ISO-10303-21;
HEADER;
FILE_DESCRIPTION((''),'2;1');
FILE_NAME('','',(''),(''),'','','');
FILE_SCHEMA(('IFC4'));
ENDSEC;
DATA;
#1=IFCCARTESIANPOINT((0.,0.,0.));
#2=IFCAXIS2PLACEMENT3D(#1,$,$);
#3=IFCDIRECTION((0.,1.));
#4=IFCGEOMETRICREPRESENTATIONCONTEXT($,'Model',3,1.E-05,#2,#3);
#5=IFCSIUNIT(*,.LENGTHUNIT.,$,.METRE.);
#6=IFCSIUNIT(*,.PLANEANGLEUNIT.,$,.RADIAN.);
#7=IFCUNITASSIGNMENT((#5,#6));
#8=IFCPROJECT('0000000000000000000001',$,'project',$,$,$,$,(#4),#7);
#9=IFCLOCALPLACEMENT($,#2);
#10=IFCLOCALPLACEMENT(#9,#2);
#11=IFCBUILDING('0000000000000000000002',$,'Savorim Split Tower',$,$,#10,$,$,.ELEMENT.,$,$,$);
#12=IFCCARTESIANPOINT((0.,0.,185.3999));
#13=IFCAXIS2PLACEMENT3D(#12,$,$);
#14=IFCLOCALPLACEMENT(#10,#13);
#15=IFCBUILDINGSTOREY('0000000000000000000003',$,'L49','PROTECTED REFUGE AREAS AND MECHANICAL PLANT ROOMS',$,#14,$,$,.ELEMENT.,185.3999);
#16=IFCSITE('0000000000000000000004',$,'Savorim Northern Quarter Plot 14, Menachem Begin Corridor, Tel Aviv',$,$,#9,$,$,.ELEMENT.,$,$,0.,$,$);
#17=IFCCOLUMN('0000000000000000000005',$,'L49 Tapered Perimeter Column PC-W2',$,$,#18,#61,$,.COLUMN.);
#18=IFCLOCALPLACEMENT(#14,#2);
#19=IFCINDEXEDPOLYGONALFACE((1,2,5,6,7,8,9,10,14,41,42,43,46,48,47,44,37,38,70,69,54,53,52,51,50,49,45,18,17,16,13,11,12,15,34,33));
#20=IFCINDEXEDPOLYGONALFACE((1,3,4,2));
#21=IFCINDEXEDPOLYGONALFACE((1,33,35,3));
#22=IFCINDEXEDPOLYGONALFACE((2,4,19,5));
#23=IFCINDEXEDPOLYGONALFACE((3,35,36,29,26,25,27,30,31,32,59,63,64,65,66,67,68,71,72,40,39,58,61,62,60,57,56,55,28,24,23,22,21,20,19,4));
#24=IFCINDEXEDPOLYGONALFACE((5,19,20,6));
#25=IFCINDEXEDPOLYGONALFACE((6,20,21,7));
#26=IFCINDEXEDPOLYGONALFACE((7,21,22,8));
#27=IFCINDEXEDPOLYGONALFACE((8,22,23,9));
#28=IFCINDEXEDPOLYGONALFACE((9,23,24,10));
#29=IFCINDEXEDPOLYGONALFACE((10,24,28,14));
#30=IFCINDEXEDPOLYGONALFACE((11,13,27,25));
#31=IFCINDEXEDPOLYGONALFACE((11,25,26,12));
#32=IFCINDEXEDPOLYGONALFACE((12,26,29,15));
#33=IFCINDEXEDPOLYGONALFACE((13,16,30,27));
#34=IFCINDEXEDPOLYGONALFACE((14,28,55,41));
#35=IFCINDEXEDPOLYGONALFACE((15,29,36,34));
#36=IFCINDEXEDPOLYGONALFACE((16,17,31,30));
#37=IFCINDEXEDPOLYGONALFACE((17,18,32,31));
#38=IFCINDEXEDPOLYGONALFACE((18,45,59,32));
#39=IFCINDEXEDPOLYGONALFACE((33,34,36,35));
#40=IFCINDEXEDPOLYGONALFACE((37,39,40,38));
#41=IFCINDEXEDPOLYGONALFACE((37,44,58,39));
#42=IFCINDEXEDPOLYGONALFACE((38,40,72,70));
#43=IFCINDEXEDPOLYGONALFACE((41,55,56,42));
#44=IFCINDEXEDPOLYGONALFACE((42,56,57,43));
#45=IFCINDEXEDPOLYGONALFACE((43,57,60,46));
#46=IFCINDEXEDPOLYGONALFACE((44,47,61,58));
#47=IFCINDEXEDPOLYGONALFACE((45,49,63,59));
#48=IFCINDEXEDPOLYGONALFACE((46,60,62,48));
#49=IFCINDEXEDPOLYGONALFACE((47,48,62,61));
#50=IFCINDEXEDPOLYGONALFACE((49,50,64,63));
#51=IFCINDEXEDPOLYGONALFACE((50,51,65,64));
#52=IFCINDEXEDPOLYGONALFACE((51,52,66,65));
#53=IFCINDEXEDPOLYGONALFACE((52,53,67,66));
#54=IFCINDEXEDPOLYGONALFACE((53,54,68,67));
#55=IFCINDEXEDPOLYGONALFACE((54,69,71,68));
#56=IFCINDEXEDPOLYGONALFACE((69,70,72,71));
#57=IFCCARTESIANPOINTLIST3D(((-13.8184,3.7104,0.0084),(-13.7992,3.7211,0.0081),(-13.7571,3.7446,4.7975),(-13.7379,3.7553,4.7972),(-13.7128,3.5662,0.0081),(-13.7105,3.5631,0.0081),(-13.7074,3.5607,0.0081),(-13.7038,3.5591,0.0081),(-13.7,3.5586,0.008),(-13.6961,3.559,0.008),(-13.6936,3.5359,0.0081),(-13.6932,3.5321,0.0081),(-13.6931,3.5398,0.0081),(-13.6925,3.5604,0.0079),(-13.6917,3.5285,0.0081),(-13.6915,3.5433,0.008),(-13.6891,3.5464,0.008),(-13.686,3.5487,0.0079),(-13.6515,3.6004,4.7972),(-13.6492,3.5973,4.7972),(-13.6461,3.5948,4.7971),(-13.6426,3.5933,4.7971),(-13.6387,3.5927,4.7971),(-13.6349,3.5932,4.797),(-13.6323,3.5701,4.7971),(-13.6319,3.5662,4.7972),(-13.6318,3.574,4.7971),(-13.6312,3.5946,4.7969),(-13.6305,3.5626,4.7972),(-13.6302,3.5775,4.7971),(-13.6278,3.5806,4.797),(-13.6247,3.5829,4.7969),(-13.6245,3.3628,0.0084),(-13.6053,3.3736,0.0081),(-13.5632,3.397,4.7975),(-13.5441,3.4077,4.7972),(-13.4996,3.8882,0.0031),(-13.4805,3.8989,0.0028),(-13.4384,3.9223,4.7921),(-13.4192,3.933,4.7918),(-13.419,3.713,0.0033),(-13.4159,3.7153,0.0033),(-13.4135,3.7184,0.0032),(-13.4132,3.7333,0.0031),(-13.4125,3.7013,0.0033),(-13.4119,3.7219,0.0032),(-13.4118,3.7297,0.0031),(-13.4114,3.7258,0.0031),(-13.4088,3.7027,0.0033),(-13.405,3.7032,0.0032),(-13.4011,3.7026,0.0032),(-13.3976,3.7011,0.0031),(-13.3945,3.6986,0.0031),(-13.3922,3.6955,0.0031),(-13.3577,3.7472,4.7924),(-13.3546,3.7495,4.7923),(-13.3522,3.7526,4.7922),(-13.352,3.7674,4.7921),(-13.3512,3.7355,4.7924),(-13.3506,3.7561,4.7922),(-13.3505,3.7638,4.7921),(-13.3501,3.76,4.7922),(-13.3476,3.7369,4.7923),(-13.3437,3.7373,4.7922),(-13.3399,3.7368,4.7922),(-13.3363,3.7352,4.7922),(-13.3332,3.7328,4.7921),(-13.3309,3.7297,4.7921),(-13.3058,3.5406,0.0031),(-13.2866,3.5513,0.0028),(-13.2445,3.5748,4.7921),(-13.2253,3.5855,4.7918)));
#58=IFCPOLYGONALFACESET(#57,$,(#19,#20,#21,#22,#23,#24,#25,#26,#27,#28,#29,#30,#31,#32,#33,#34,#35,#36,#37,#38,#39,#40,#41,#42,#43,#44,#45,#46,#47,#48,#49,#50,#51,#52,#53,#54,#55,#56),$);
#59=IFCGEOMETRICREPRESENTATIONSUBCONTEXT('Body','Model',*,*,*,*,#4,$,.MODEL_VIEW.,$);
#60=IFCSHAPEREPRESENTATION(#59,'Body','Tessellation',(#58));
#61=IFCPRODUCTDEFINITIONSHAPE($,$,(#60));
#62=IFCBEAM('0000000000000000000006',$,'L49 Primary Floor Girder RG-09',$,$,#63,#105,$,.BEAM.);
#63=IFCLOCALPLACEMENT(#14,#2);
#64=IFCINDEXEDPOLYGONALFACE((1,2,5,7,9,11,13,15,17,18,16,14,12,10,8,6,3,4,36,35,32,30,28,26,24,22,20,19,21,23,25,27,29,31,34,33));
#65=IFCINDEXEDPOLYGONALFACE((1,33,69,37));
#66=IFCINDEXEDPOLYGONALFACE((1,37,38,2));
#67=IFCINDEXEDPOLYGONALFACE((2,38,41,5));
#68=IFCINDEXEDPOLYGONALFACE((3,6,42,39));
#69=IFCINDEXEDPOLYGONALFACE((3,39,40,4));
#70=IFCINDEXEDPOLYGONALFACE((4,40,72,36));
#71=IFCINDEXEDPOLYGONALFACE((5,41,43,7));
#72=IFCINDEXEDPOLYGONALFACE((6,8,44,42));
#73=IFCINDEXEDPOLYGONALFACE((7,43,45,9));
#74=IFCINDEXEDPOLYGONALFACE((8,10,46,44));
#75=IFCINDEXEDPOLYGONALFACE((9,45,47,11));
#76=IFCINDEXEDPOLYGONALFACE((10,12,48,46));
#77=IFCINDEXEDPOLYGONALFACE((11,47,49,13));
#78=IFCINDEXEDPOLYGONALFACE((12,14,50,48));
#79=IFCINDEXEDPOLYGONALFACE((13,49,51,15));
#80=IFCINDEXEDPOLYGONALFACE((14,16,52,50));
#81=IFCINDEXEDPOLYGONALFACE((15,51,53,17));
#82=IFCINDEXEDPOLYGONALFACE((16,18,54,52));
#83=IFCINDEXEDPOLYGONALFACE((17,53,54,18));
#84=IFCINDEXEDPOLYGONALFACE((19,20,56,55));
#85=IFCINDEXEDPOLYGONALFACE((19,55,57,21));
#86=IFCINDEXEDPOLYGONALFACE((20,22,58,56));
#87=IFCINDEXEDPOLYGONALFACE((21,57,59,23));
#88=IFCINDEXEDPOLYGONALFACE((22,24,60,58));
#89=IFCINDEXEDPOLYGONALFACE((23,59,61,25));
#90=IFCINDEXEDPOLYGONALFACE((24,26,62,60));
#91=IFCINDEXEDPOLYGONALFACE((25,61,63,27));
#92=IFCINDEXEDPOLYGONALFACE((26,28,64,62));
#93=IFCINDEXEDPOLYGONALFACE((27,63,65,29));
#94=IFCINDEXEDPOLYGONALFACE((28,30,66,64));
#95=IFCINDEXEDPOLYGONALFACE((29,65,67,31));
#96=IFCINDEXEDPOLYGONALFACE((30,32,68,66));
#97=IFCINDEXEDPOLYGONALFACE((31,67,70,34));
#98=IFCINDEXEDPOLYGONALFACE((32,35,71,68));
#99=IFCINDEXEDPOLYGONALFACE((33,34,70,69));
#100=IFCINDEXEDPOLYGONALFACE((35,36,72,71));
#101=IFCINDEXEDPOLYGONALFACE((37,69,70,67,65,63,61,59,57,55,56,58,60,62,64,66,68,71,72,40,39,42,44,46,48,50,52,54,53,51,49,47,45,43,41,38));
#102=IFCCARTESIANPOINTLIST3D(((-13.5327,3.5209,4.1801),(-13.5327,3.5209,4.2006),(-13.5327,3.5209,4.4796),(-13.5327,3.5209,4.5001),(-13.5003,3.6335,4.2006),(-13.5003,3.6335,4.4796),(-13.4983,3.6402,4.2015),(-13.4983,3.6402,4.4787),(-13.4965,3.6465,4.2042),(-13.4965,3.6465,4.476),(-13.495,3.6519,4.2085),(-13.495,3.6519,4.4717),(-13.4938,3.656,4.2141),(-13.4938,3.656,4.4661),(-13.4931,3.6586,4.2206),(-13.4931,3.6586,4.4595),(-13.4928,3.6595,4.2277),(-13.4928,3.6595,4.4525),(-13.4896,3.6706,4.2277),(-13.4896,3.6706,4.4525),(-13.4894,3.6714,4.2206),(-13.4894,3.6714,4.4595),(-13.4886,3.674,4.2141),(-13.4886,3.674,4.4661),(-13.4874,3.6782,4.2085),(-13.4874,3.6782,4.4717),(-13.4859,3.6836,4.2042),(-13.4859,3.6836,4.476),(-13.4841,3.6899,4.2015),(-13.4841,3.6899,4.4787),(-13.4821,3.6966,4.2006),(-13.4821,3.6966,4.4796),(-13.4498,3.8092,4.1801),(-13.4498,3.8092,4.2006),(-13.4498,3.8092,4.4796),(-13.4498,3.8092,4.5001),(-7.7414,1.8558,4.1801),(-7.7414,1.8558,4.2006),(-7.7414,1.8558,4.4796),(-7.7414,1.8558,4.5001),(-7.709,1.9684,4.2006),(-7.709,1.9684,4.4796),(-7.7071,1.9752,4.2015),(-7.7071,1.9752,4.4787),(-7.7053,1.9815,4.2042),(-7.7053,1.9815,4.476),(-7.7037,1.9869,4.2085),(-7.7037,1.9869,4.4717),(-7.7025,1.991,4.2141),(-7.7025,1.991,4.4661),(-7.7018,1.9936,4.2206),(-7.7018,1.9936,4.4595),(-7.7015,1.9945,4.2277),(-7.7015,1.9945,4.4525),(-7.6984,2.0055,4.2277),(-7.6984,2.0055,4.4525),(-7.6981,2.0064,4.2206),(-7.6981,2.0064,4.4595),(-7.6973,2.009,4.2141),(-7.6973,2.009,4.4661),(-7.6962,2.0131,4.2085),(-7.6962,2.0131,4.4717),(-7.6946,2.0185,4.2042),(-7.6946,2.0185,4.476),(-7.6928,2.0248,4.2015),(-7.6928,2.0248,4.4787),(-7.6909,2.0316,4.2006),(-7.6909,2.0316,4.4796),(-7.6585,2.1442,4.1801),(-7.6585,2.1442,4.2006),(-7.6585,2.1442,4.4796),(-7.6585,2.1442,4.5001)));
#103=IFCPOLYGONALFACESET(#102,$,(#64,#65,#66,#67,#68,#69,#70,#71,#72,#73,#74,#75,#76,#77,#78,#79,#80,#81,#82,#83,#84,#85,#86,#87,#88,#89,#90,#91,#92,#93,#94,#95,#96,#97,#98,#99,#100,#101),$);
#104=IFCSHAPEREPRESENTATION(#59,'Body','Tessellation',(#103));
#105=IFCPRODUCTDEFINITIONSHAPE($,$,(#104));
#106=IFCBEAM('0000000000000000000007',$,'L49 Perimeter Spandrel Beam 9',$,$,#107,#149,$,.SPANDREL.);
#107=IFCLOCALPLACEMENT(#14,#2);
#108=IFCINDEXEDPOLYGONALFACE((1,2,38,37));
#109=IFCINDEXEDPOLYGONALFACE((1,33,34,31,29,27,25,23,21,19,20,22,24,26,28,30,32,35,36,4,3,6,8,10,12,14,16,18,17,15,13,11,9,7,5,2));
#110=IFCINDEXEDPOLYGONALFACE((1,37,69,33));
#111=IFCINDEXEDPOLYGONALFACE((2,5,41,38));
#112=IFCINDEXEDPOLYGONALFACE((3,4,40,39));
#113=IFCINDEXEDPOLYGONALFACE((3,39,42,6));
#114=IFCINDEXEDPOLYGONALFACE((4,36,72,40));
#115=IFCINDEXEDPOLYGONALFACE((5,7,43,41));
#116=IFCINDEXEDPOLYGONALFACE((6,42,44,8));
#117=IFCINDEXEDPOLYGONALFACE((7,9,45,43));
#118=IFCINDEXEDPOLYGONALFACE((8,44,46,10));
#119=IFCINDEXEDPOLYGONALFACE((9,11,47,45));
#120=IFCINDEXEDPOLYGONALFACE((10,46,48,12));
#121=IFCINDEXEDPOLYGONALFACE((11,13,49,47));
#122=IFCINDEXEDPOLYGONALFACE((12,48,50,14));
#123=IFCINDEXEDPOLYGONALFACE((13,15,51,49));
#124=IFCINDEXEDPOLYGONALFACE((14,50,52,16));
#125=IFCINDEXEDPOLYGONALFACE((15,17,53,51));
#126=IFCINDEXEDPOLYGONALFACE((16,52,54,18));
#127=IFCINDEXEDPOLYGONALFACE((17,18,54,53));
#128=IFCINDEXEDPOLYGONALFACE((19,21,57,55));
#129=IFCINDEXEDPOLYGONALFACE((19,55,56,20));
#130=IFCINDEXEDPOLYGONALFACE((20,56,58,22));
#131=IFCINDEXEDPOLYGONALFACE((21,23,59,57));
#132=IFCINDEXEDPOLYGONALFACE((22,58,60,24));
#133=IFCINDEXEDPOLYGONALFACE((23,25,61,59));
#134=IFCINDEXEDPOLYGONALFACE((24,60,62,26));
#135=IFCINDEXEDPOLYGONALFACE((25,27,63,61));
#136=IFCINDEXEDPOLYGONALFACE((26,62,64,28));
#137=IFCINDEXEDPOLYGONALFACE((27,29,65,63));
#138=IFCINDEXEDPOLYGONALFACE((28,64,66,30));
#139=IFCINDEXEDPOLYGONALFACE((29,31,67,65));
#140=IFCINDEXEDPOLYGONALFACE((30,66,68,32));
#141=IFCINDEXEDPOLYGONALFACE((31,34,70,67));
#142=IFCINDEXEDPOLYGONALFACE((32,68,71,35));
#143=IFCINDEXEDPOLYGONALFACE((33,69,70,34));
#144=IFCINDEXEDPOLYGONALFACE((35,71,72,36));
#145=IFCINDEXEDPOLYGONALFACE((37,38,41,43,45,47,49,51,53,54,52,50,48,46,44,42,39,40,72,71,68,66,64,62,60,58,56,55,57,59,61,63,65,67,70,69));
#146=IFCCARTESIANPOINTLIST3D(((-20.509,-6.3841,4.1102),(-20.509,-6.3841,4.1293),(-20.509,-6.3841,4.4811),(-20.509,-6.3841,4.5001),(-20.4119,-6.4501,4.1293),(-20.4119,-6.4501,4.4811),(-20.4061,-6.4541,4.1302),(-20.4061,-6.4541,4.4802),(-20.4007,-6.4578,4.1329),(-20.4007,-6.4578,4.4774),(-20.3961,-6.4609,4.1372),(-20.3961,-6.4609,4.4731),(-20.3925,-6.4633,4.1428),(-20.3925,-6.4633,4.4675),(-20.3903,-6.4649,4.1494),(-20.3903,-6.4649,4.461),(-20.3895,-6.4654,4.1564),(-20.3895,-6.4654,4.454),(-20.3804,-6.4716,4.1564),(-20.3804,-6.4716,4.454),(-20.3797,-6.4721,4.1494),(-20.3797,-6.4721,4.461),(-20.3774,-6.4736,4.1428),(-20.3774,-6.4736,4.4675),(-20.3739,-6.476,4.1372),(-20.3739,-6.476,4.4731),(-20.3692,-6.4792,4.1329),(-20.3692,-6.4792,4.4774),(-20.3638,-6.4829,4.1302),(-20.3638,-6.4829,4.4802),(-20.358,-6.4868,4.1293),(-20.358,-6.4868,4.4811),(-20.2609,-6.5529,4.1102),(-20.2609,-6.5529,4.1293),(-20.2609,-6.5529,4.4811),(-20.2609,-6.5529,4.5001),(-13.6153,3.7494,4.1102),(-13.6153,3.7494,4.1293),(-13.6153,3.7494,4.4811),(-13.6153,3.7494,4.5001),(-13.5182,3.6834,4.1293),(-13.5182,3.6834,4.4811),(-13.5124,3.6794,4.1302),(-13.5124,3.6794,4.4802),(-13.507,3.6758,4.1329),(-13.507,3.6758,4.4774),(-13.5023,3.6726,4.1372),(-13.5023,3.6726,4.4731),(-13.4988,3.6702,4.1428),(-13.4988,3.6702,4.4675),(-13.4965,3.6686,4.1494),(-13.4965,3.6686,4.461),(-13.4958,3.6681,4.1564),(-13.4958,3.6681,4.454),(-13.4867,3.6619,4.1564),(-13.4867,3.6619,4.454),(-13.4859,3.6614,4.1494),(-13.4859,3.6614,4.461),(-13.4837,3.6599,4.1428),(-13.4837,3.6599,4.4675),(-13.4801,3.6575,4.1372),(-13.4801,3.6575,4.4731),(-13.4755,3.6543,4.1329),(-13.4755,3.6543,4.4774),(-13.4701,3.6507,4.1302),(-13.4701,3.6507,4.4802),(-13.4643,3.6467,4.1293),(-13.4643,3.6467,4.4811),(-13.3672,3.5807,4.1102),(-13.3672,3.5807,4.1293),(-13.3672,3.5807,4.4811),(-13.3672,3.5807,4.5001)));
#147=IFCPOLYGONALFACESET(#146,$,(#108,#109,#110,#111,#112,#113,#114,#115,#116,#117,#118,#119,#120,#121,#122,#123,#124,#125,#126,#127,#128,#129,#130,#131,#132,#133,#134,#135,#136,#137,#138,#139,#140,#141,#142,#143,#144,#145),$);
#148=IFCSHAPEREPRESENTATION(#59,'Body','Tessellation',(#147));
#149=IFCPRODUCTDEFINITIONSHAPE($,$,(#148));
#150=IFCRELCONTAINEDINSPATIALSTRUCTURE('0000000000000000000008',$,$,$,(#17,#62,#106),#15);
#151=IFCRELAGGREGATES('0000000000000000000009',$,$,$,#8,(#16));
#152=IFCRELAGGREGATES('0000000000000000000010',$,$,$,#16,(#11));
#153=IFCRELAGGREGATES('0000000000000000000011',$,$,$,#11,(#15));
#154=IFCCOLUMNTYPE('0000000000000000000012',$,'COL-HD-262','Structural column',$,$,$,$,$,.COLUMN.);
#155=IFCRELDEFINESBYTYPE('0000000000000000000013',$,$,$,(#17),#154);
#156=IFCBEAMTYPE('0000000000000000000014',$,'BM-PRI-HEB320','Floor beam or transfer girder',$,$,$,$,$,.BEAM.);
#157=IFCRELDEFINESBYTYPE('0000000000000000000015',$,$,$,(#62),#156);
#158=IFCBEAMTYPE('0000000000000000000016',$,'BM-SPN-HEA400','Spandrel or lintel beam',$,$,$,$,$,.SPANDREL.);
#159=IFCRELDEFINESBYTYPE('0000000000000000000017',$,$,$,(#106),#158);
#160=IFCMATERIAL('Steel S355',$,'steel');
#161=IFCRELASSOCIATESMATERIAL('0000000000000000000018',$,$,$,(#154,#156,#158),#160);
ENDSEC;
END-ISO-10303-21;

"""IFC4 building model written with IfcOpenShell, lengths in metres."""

from ifc_helpers import new_model, si_unit, direction, frame, origin, origin_2d, place, context, subcontext, project, spatial, i_section, extrude, material, material_profile, profile_set, type_object, element, save


model = new_model("IFC4")

# Units and contexts
model_context = context("Model", 3, precision=1e-05, world=origin(), true_north=direction((0.0, 1.0)))
body_context = subcontext(model_context, "Body", "Model", "MODEL_VIEW")
ifc_project = project(units=[si_unit("LENGTHUNIT", "METRE"), si_unit("PLANEANGLEUNIT", "RADIAN")], contexts=[model_context])

# Site, building, storey
site_placement = place(None, origin())
site = spatial("IfcSite", under=ifc_project, at=site_placement, Name="Savorim Northern Quarter Plot 14, Menachem Begin Corridor, Tel Aviv", CompositionType="ELEMENT", RefElevation=0.0)
building_placement = place(site_placement, origin())
building = spatial("IfcBuilding", under=site, at=building_placement, Name="Savorim Split Tower", CompositionType="ELEMENT")
storey_placement = place(building_placement, frame((0.0, 0.0, 185.3999)))
storey = spatial("IfcBuildingStorey", under=building, at=storey_placement, Name="L49", Description="PROTECTED REFUGE AREAS AND MECHANICAL PLANT ROOMS", CompositionType="ELEMENT", Elevation=185.3999)

# Column
ifc_material_1 = material(Name="Steel S355", Category="steel")
ifc_material_profile_1 = material_profile(ifc_material_1, i_section(OverallWidth=0.3979, OverallDepth=0.387, WebThickness=0.0134, FlangeThickness=0.022, FilletRadius=0.0149, at=origin_2d()), Name="HD 400x262")
ifc_profile_set_1 = profile_set([ifc_material_profile_1], Name="Steel S355")
column_type = type_object("IfcColumnType", Name="COL-HD-262", Description="Structural column", PredefinedType="COLUMN", material=ifc_profile_set_1)
column_placement = place(storey_placement, frame((-13.5525, 3.6309, 0.0056), z_axis=(0.012794, 0.007136, 0.999893), x_axis=(-0.487119, 0.873335, 0.0)))
element("IfcColumn", 1, at=column_placement, inside=storey, type_object=column_type, Name="L49 Tapered Perimeter Column PC-W2", PredefinedType="COLUMN", context=body_context, shape_type="SweptSolid", body=[
    extrude(i_section(OverallWidth=0.3979, OverallDepth=0.387, WebThickness=0.0134, FlangeThickness=0.022, FilletRadius=0.0149, at=origin_2d()), origin(), (0.0, 0.0, 1.0), 4.7896),
])

# Beams
ifc_material_profile_2 = material_profile(ifc_material_1, i_section(OverallWidth=0.3, OverallDepth=0.3201, WebThickness=0.0115, FlangeThickness=0.0205, FilletRadius=0.0271, at=origin_2d()), Name="HEB 320")
ifc_profile_set_2 = profile_set([ifc_material_profile_2], Name="Steel S355")
beam_type_1 = type_object("IfcBeamType", Name="BM-PRI-HEB320", Description="Floor beam or transfer girder", PredefinedType="BEAM", material=ifc_profile_set_2)
beam_1_placement = place(storey_placement, frame((-13.4912, 3.665, 4.3401), z_axis=(0.961067, -0.276315, 0.0), x_axis=(0.276315, 0.961067, 0.0)))
element("IfcBeam", 2, at=beam_1_placement, inside=storey, type_object=beam_type_1, Name="L49 Primary Floor Girder RG-09", PredefinedType="BEAM", context=body_context, shape_type="SweptSolid", body=[
    extrude(i_section(OverallWidth=0.3, OverallDepth=0.3201, WebThickness=0.0115, FlangeThickness=0.0205, FilletRadius=0.0271, at=origin_2d()), origin(), (0.0, 0.0, 1.0), 6.0259),
])
ifc_material_profile_3 = material_profile(ifc_material_1, i_section(OverallWidth=0.3, OverallDepth=0.3899, WebThickness=0.011, FlangeThickness=0.019, FilletRadius=0.0271, at=origin_2d()), Name="HEA 400")
ifc_profile_set_3 = profile_set([ifc_material_profile_3], Name="Steel S355")
beam_type_2 = type_object("IfcBeamType", Name="BM-SPN-HEA400", Description="Spandrel or lintel beam", PredefinedType="SPANDREL", material=ifc_profile_set_3)
beam_2_placement = place(storey_placement, frame((-13.4912, 3.665, 4.3052), z_axis=(-0.562477, -0.826813, 0.0), x_axis=(0.826813, -0.562477, 0.0)))
element("IfcBeam", 3, at=beam_2_placement, inside=storey, type_object=beam_type_2, Name="L49 Perimeter Spandrel Beam 9", PredefinedType="SPANDREL", context=body_context, shape_type="SweptSolid", body=[
    extrude(i_section(OverallWidth=0.3, OverallDepth=0.3899, WebThickness=0.011, FlangeThickness=0.019, FilletRadius=0.0271, at=origin_2d()), origin(), (0.0, 0.0, 1.0), 12.2561),
])

save(model, "model.ifc")
